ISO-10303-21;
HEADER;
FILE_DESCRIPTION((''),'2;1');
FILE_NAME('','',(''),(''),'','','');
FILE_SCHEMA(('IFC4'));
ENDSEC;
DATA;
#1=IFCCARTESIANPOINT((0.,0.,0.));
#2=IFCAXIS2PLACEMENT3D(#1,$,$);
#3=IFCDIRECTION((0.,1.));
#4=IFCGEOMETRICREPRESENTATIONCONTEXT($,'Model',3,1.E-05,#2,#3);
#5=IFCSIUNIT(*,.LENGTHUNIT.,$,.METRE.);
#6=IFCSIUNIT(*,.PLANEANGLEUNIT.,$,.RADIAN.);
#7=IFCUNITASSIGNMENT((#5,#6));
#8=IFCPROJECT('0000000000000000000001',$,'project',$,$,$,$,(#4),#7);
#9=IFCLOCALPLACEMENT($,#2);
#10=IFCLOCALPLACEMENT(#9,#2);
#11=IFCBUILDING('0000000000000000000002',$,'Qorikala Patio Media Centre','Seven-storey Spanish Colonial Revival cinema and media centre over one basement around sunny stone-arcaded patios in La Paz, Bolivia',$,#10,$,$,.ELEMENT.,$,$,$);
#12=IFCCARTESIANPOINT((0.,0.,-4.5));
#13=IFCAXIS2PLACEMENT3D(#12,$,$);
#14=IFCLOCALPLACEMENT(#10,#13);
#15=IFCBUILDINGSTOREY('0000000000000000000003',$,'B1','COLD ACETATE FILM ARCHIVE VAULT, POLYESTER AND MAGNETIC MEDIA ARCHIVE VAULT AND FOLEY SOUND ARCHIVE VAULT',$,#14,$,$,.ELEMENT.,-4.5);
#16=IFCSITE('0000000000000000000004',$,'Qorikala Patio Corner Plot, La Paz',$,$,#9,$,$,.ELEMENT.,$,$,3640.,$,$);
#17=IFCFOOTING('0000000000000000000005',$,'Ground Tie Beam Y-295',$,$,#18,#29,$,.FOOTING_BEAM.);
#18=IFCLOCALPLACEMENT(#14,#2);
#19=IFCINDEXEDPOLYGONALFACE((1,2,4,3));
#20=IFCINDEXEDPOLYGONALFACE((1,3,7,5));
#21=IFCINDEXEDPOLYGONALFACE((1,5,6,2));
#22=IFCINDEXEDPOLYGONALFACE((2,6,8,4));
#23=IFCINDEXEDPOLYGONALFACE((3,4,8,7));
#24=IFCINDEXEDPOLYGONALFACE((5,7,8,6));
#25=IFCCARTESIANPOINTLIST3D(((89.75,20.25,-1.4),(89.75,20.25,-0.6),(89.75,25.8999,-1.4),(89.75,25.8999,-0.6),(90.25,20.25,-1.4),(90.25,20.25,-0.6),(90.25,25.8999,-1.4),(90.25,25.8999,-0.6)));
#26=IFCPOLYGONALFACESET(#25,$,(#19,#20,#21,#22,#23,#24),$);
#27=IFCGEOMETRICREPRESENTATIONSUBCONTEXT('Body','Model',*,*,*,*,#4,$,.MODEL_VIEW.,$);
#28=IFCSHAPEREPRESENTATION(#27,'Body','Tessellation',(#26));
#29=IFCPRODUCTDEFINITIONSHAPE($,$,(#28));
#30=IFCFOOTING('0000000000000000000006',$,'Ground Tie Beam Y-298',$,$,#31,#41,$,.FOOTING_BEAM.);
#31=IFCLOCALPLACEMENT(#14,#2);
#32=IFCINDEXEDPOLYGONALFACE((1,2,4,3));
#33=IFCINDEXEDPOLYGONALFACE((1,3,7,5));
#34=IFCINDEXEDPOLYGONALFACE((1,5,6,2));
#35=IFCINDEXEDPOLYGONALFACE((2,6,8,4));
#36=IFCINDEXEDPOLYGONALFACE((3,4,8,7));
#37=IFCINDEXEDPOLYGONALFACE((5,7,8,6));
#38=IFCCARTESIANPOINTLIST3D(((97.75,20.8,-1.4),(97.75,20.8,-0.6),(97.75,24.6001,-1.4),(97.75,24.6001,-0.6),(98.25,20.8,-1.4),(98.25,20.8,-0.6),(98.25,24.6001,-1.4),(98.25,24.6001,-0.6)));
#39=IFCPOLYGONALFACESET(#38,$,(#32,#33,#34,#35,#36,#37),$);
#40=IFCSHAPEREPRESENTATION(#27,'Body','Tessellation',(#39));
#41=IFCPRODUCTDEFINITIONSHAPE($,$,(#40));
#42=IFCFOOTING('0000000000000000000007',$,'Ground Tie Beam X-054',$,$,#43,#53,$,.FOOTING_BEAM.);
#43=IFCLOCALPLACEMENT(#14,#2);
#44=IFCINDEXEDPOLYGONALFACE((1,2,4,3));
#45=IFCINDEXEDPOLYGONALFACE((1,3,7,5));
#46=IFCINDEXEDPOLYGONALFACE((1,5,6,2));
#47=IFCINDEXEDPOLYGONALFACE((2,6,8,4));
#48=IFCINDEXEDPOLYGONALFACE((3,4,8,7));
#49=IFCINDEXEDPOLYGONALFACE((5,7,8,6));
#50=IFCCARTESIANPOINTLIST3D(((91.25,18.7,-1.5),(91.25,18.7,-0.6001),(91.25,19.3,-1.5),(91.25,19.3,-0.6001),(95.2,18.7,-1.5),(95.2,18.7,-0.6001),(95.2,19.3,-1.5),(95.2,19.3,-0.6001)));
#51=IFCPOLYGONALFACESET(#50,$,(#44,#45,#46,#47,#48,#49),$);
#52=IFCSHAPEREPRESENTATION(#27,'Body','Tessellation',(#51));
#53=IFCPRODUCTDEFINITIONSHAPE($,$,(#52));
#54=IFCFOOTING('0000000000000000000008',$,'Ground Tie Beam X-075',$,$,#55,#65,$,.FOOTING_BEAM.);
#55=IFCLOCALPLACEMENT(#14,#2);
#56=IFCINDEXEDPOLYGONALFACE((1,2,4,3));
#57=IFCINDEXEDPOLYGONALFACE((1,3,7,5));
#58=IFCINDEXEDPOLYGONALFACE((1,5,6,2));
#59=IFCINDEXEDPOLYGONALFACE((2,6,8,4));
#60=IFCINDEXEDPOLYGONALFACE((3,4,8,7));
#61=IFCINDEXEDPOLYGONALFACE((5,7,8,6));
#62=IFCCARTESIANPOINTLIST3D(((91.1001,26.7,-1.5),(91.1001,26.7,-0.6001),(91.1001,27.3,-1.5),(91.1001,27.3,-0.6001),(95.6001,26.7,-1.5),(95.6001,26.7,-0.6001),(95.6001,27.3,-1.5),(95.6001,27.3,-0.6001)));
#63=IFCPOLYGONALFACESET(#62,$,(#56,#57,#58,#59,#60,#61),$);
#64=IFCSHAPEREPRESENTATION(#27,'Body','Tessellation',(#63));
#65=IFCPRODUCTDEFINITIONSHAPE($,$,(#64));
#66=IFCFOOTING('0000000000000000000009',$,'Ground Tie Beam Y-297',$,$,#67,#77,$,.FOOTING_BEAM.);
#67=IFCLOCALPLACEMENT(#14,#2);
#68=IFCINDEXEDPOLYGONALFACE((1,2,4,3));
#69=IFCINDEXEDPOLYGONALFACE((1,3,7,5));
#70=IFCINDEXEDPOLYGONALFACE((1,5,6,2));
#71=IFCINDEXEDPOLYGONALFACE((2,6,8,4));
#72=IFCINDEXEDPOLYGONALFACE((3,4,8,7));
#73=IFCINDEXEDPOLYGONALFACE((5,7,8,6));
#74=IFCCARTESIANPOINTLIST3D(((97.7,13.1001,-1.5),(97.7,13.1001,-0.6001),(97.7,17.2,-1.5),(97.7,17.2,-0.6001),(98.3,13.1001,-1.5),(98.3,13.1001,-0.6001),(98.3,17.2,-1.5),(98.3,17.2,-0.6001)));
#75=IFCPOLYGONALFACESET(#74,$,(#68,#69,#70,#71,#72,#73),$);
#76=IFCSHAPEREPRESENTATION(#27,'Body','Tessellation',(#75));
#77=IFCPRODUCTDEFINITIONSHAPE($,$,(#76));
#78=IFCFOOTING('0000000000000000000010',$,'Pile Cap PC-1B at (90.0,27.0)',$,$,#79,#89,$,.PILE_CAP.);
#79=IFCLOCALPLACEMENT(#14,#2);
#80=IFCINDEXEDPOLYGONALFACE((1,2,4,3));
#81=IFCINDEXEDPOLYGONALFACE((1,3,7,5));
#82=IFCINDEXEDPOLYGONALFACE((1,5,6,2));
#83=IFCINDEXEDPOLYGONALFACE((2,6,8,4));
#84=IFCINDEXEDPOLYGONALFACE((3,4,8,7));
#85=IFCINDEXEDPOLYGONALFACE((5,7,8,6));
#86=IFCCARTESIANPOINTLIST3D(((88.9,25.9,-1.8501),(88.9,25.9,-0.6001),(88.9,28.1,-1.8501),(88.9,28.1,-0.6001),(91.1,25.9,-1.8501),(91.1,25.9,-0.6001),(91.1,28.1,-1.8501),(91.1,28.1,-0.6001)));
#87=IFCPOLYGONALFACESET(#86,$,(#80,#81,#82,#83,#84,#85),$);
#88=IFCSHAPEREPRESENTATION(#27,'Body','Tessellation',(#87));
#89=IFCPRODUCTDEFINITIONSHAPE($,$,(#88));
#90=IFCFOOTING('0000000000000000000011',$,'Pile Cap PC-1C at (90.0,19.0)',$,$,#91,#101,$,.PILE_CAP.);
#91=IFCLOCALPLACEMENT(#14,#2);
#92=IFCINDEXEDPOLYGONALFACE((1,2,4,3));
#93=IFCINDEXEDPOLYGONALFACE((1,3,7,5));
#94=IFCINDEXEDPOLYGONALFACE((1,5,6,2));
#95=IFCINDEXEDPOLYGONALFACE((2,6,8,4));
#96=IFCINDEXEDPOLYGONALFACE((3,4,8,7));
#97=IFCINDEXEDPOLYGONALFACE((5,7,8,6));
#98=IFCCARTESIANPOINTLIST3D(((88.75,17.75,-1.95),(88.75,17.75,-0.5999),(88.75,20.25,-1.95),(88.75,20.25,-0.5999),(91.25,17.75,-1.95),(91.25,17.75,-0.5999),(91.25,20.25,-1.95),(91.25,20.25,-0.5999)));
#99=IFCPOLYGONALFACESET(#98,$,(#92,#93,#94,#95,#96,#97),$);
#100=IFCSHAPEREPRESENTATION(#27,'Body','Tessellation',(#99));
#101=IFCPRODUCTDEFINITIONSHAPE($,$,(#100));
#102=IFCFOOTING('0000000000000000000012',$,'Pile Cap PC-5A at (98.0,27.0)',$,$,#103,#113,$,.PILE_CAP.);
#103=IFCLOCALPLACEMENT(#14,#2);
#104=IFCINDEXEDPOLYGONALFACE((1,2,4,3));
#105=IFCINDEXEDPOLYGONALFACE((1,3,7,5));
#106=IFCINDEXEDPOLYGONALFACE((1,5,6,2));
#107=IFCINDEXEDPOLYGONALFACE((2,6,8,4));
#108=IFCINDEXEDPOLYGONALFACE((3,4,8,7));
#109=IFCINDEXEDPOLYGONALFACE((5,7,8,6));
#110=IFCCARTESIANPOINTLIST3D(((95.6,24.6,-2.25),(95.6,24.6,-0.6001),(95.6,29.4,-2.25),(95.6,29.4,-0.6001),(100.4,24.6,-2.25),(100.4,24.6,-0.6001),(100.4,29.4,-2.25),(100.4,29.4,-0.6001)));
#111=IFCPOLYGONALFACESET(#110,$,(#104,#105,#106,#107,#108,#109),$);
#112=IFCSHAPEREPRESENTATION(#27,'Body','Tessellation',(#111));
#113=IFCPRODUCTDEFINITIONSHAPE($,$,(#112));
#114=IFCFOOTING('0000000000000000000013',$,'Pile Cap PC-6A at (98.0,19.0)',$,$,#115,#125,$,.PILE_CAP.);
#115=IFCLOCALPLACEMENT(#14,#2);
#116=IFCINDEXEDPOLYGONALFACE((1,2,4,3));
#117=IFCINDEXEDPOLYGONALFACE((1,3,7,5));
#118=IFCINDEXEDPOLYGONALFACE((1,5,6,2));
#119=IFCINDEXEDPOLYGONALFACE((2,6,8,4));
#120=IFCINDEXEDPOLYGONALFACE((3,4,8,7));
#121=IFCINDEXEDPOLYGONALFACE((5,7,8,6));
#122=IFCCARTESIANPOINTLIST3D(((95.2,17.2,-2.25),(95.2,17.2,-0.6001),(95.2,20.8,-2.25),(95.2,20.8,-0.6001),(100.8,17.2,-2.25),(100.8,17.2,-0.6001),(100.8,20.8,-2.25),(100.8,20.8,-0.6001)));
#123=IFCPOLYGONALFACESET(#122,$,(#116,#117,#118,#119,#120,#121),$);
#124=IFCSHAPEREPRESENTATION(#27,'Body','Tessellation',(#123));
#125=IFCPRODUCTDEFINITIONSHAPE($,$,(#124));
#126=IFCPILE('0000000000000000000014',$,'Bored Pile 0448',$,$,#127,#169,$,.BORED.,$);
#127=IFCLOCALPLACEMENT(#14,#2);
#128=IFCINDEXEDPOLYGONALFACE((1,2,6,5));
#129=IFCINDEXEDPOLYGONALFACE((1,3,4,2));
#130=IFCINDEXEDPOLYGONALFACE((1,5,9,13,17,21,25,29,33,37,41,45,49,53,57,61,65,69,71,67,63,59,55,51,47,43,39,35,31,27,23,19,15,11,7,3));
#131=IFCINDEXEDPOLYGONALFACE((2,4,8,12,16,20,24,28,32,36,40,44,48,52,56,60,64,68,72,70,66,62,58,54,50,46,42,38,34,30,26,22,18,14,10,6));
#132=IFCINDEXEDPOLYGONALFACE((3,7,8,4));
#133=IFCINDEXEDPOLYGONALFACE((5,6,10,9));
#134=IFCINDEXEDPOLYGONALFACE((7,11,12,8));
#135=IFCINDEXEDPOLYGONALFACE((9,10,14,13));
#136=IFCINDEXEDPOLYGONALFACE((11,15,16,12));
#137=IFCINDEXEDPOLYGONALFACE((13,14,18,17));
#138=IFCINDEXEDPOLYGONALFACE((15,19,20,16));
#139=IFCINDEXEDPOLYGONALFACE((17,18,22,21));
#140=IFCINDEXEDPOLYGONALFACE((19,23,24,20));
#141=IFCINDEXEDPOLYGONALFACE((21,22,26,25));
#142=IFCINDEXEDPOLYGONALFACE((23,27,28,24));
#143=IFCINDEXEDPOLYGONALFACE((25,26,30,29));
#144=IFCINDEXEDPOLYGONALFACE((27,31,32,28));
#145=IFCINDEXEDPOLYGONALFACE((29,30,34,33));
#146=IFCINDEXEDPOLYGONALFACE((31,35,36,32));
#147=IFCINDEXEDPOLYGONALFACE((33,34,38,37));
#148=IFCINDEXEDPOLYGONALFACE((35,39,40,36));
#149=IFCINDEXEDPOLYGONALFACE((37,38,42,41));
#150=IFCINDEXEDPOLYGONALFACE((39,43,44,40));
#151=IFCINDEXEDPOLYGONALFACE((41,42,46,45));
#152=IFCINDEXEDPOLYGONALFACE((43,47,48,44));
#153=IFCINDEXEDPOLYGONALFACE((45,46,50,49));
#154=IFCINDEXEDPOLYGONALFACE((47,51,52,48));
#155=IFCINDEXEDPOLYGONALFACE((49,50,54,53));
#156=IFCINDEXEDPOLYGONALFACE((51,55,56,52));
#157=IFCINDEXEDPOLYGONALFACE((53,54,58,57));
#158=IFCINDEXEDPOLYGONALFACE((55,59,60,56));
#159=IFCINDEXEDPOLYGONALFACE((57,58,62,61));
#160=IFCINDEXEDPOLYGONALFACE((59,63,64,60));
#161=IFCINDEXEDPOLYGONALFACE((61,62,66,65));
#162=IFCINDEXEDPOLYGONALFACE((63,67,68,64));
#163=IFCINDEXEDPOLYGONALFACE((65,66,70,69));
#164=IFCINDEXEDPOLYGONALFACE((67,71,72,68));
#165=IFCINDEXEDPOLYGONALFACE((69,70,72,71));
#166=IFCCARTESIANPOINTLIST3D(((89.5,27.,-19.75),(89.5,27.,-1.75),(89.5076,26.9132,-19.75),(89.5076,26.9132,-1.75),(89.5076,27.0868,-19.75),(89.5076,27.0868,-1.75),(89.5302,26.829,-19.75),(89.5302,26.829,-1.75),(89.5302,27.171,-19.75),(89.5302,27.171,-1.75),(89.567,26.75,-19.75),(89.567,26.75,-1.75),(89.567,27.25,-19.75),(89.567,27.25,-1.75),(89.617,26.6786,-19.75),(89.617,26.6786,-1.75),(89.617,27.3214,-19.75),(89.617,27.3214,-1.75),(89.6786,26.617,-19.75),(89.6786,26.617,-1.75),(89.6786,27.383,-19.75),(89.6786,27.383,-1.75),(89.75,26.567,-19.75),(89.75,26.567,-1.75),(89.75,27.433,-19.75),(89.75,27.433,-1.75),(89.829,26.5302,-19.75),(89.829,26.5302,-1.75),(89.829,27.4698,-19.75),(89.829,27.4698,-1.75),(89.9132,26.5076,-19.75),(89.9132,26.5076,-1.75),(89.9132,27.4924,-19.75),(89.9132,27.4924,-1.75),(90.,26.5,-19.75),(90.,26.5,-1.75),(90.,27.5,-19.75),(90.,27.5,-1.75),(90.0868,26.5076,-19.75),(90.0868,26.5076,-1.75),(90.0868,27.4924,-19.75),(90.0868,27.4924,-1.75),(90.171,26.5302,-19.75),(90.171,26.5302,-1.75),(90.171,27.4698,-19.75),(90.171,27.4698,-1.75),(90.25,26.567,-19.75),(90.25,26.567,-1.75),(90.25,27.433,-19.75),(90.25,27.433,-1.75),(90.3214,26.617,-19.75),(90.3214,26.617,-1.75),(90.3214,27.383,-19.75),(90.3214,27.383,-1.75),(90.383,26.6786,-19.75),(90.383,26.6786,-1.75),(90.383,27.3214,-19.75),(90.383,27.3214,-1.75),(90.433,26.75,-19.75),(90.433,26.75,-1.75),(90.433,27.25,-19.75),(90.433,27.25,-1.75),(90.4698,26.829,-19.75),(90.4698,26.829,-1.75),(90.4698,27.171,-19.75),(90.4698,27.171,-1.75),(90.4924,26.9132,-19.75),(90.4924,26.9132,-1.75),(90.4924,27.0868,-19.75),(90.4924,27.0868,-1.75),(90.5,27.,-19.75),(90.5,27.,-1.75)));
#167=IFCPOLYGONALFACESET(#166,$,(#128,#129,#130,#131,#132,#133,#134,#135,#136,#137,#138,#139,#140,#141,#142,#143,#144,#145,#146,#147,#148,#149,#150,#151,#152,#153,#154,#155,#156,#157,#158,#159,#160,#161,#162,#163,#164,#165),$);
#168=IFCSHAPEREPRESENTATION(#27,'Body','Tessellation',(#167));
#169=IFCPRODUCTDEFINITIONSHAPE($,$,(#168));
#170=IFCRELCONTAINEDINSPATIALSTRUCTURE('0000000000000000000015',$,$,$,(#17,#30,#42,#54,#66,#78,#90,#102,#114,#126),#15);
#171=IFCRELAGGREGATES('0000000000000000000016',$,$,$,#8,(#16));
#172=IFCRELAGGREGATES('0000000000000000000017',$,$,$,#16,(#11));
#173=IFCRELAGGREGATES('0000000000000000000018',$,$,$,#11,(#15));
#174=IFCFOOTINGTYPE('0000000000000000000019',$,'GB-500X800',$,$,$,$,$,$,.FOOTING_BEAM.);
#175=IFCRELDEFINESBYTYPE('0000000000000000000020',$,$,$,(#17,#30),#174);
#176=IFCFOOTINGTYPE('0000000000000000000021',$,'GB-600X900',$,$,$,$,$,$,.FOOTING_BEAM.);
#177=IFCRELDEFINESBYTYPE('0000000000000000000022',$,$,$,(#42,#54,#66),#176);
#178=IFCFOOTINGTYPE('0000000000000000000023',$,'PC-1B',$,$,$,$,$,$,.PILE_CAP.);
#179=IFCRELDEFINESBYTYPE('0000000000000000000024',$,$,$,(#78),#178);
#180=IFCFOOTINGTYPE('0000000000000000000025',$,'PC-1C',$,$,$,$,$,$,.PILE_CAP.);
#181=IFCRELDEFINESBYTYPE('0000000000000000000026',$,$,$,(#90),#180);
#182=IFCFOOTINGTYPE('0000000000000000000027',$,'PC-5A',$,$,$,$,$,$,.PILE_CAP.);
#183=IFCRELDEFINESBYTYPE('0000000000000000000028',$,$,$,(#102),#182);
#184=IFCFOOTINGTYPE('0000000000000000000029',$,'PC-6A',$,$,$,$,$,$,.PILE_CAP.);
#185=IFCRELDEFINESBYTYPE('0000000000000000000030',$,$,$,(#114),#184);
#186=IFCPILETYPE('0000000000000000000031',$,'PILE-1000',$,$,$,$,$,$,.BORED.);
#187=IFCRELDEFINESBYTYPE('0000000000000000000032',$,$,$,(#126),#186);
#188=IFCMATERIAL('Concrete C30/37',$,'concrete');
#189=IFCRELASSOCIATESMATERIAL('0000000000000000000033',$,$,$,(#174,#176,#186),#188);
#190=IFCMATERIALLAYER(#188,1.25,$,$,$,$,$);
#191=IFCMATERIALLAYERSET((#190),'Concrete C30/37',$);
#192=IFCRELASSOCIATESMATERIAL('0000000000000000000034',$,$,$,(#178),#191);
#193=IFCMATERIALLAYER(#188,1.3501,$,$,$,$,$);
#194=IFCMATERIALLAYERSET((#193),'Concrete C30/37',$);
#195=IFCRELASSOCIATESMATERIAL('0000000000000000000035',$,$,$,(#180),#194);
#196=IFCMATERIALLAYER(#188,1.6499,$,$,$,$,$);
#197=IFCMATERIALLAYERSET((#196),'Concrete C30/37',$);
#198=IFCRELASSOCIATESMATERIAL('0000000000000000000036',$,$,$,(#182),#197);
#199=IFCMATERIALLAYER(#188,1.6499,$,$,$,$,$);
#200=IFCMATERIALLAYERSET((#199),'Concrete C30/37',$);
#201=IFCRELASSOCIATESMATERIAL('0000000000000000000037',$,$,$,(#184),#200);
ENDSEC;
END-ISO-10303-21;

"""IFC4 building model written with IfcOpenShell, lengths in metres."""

from ifc_helpers import new_model, si_unit, direction, frame, origin, origin_2d, place, context, subcontext, project, spatial, rectangle, circle, extrude, material, layer, layer_set, material_profile, profile_set, type_object, element, save


model = new_model("IFC4")

# Units and contexts
model_context = context("Model", 3, precision=1e-05, world=origin(), true_north=direction((0.0, 1.0)))
body_context = subcontext(model_context, "Body", "Model", "MODEL_VIEW")
ifc_project = project(units=[si_unit("LENGTHUNIT", "METRE"), si_unit("PLANEANGLEUNIT", "RADIAN")], contexts=[model_context])

# Site, building, storey
site_placement = place(None, origin())
site = spatial("IfcSite", under=ifc_project, at=site_placement, Name="Qorikala Patio Corner Plot, La Paz", CompositionType="ELEMENT", RefElevation=3640.0)
building_placement = place(site_placement, origin())
building = spatial("IfcBuilding", under=site, at=building_placement, Name="Qorikala Patio Media Centre", Description="Seven-storey Spanish Colonial Revival cinema and media centre over one basement around sunny stone-arcaded patios in La Paz, Bolivia", CompositionType="ELEMENT")
storey_placement = place(building_placement, frame((0.0, 0.0, -4.5)))
storey = spatial("IfcBuildingStorey", under=building, at=storey_placement, Name="B1", Description="COLD ACETATE FILM ARCHIVE VAULT, POLYESTER AND MAGNETIC MEDIA ARCHIVE VAULT AND FOLEY SOUND ARCHIVE VAULT", CompositionType="ELEMENT", Elevation=-4.5)

# Footings
ifc_material_1 = material(Name="Concrete C30/37", Category="concrete")
ifc_material_profile_1 = material_profile(ifc_material_1, rectangle(XDim=0.5, YDim=0.8, at=origin_2d()), Name="RC 500x800")
ifc_profile_set_1 = profile_set([ifc_material_profile_1], Name="Concrete C30/37")
footing_type_1 = type_object("IfcFootingType", Name="GB-500X800", PredefinedType="FOOTING_BEAM", material=ifc_profile_set_1)
footing_1_placement = place(storey_placement, frame((90.0, 20.25, -1.0), z_axis=(0.0, 1.0, 0.0), x_axis=(-1.0, 0.0, 0.0)))
element("IfcFooting", 1, at=footing_1_placement, inside=storey, type_object=footing_type_1, Name="Ground Tie Beam Y-295", PredefinedType="FOOTING_BEAM", context=body_context, shape_type="SweptSolid", body=[
    extrude(rectangle(XDim=0.5, YDim=0.8, at=origin_2d()), origin(), (0.0, 0.0, 1.0), 5.6499),
])
footing_2_placement = place(storey_placement, frame((98.0, 20.8, -1.0), z_axis=(0.0, 1.0, 0.0), x_axis=(-1.0, 0.0, 0.0)))
element("IfcFooting", 2, at=footing_2_placement, inside=storey, type_object=footing_type_1, Name="Ground Tie Beam Y-298", PredefinedType="FOOTING_BEAM", context=body_context, shape_type="SweptSolid", body=[
    extrude(rectangle(XDim=0.5, YDim=0.8, at=origin_2d()), origin(), (0.0, 0.0, 1.0), 3.8),
])
ifc_material_profile_2 = material_profile(ifc_material_1, rectangle(XDim=0.6001, YDim=0.8999, at=origin_2d()), Name="RC 600x900")
ifc_profile_set_2 = profile_set([ifc_material_profile_2], Name="Concrete C30/37")
footing_type_2 = type_object("IfcFootingType", Name="GB-600X900", PredefinedType="FOOTING_BEAM", material=ifc_profile_set_2)
footing_3_placement = place(storey_placement, frame((91.25, 19.0, -1.05), z_axis=(1.0, 0.0, 0.0), x_axis=(0.0, 1.0, 0.0)))
element("IfcFooting", 3, at=footing_3_placement, inside=storey, type_object=footing_type_2, Name="Ground Tie Beam X-054", PredefinedType="FOOTING_BEAM", context=body_context, shape_type="SweptSolid", body=[
    extrude(rectangle(XDim=0.6001, YDim=0.8999, at=origin_2d()), origin(), (0.0, 0.0, 1.0), 3.95),
])
footing_4_placement = place(storey_placement, frame((91.1001, 27.0, -1.05), z_axis=(1.0, 0.0, 0.0), x_axis=(0.0, 1.0, 0.0)))
element("IfcFooting", 4, at=footing_4_placement, inside=storey, type_object=footing_type_2, Name="Ground Tie Beam X-075", PredefinedType="FOOTING_BEAM", context=body_context, shape_type="SweptSolid", body=[
    extrude(rectangle(XDim=0.6001, YDim=0.8999, at=origin_2d()), origin(), (0.0, 0.0, 1.0), 4.5),
])
footing_5_placement = place(storey_placement, frame((98.0, 13.1001, -1.05), z_axis=(0.0, 1.0, 0.0), x_axis=(-1.0, 0.0, 0.0)))
element("IfcFooting", 5, at=footing_5_placement, inside=storey, type_object=footing_type_2, Name="Ground Tie Beam Y-297", PredefinedType="FOOTING_BEAM", context=body_context, shape_type="SweptSolid", body=[
    extrude(rectangle(XDim=0.6001, YDim=0.8999, at=origin_2d()), origin(), (0.0, 0.0, 1.0), 4.0999),
])
ifc_layer_1 = layer(ifc_material_1, 1.25)
ifc_layer_set_1 = layer_set([ifc_layer_1], Name="Concrete C30/37")
footing_type_3 = type_object("IfcFootingType", Name="PC-1B", PredefinedType="PILE_CAP", material=ifc_layer_set_1)
footing_6_placement = place(storey_placement, frame((90.0, 27.0, -1.8501), z_axis=(0.0, 0.0, 1.0), x_axis=(1.0, 0.0, 0.0)))
element("IfcFooting", 6, at=footing_6_placement, inside=storey, type_object=footing_type_3, Name="Pile Cap PC-1B at (90.0,27.0)", PredefinedType="PILE_CAP", context=body_context, shape_type="SweptSolid", body=[
    extrude(rectangle(XDim=2.2, YDim=2.2, at=origin_2d()), origin(), (0.0, 0.0, 1.0), 1.25),
])
ifc_layer_2 = layer(ifc_material_1, 1.3501)
ifc_layer_set_2 = layer_set([ifc_layer_2], Name="Concrete C30/37")
footing_type_4 = type_object("IfcFootingType", Name="PC-1C", PredefinedType="PILE_CAP", material=ifc_layer_set_2)
footing_7_placement = place(storey_placement, frame((90.0, 19.0, -1.95), z_axis=(0.0, 0.0, 1.0), x_axis=(1.0, 0.0, 0.0)))
element("IfcFooting", 7, at=footing_7_placement, inside=storey, type_object=footing_type_4, Name="Pile Cap PC-1C at (90.0,19.0)", PredefinedType="PILE_CAP", context=body_context, shape_type="SweptSolid", body=[
    extrude(rectangle(XDim=2.5, YDim=2.5, at=origin_2d()), origin(), (0.0, 0.0, 1.0), 1.3501),
])
ifc_layer_3 = layer(ifc_material_1, 1.6499)
ifc_layer_set_3 = layer_set([ifc_layer_3], Name="Concrete C30/37")
footing_type_5 = type_object("IfcFootingType", Name="PC-5A", PredefinedType="PILE_CAP", material=ifc_layer_set_3)
footing_8_placement = place(storey_placement, frame((98.0, 27.0, -2.25), z_axis=(0.0, 0.0, 1.0), x_axis=(1.0, 0.0, 0.0)))
element("IfcFooting", 8, at=footing_8_placement, inside=storey, type_object=footing_type_5, Name="Pile Cap PC-5A at (98.0,27.0)", PredefinedType="PILE_CAP", context=body_context, shape_type="SweptSolid", body=[
    extrude(rectangle(XDim=4.8, YDim=4.8, at=origin_2d()), origin(), (0.0, 0.0, 1.0), 1.6499),
])
ifc_layer_4 = layer(ifc_material_1, 1.6499)
ifc_layer_set_4 = layer_set([ifc_layer_4], Name="Concrete C30/37")
footing_type_6 = type_object("IfcFootingType", Name="PC-6A", PredefinedType="PILE_CAP", material=ifc_layer_set_4)
footing_9_placement = place(storey_placement, frame((98.0, 19.0, -2.25), z_axis=(0.0, 0.0, 1.0), x_axis=(1.0, 0.0, 0.0)))
element("IfcFooting", 9, at=footing_9_placement, inside=storey, type_object=footing_type_6, Name="Pile Cap PC-6A at (98.0,19.0)", PredefinedType="PILE_CAP", context=body_context, shape_type="SweptSolid", body=[
    extrude(rectangle(XDim=5.6001, YDim=3.6001, at=origin_2d()), origin(), (0.0, 0.0, 1.0), 1.6499),
])

# Pile
ifc_material_profile_3 = material_profile(ifc_material_1, circle(Radius=0.5, at=origin_2d()), Name="BORED PILE 1000")
ifc_profile_set_3 = profile_set([ifc_material_profile_3], Name="Concrete C30/37")
pile_type_1 = type_object("IfcPileType", Name="PILE-1000", PredefinedType="BORED", material=ifc_profile_set_3)
pile_1_placement = place(storey_placement, frame((90.0, 27.0, -1.75), z_axis=(0.0, 0.0, -1.0), x_axis=(1.0, 0.0, 0.0)))
element("IfcPile", 10, at=pile_1_placement, inside=storey, type_object=pile_type_1, Name="Bored Pile 0448", PredefinedType="BORED", context=body_context, shape_type="SweptSolid", body=[
    extrude(circle(Radius=0.5, at=origin_2d()), origin(), (0.0, 0.0, 1.0), 18.0),
])

save(model, "model.ifc")
